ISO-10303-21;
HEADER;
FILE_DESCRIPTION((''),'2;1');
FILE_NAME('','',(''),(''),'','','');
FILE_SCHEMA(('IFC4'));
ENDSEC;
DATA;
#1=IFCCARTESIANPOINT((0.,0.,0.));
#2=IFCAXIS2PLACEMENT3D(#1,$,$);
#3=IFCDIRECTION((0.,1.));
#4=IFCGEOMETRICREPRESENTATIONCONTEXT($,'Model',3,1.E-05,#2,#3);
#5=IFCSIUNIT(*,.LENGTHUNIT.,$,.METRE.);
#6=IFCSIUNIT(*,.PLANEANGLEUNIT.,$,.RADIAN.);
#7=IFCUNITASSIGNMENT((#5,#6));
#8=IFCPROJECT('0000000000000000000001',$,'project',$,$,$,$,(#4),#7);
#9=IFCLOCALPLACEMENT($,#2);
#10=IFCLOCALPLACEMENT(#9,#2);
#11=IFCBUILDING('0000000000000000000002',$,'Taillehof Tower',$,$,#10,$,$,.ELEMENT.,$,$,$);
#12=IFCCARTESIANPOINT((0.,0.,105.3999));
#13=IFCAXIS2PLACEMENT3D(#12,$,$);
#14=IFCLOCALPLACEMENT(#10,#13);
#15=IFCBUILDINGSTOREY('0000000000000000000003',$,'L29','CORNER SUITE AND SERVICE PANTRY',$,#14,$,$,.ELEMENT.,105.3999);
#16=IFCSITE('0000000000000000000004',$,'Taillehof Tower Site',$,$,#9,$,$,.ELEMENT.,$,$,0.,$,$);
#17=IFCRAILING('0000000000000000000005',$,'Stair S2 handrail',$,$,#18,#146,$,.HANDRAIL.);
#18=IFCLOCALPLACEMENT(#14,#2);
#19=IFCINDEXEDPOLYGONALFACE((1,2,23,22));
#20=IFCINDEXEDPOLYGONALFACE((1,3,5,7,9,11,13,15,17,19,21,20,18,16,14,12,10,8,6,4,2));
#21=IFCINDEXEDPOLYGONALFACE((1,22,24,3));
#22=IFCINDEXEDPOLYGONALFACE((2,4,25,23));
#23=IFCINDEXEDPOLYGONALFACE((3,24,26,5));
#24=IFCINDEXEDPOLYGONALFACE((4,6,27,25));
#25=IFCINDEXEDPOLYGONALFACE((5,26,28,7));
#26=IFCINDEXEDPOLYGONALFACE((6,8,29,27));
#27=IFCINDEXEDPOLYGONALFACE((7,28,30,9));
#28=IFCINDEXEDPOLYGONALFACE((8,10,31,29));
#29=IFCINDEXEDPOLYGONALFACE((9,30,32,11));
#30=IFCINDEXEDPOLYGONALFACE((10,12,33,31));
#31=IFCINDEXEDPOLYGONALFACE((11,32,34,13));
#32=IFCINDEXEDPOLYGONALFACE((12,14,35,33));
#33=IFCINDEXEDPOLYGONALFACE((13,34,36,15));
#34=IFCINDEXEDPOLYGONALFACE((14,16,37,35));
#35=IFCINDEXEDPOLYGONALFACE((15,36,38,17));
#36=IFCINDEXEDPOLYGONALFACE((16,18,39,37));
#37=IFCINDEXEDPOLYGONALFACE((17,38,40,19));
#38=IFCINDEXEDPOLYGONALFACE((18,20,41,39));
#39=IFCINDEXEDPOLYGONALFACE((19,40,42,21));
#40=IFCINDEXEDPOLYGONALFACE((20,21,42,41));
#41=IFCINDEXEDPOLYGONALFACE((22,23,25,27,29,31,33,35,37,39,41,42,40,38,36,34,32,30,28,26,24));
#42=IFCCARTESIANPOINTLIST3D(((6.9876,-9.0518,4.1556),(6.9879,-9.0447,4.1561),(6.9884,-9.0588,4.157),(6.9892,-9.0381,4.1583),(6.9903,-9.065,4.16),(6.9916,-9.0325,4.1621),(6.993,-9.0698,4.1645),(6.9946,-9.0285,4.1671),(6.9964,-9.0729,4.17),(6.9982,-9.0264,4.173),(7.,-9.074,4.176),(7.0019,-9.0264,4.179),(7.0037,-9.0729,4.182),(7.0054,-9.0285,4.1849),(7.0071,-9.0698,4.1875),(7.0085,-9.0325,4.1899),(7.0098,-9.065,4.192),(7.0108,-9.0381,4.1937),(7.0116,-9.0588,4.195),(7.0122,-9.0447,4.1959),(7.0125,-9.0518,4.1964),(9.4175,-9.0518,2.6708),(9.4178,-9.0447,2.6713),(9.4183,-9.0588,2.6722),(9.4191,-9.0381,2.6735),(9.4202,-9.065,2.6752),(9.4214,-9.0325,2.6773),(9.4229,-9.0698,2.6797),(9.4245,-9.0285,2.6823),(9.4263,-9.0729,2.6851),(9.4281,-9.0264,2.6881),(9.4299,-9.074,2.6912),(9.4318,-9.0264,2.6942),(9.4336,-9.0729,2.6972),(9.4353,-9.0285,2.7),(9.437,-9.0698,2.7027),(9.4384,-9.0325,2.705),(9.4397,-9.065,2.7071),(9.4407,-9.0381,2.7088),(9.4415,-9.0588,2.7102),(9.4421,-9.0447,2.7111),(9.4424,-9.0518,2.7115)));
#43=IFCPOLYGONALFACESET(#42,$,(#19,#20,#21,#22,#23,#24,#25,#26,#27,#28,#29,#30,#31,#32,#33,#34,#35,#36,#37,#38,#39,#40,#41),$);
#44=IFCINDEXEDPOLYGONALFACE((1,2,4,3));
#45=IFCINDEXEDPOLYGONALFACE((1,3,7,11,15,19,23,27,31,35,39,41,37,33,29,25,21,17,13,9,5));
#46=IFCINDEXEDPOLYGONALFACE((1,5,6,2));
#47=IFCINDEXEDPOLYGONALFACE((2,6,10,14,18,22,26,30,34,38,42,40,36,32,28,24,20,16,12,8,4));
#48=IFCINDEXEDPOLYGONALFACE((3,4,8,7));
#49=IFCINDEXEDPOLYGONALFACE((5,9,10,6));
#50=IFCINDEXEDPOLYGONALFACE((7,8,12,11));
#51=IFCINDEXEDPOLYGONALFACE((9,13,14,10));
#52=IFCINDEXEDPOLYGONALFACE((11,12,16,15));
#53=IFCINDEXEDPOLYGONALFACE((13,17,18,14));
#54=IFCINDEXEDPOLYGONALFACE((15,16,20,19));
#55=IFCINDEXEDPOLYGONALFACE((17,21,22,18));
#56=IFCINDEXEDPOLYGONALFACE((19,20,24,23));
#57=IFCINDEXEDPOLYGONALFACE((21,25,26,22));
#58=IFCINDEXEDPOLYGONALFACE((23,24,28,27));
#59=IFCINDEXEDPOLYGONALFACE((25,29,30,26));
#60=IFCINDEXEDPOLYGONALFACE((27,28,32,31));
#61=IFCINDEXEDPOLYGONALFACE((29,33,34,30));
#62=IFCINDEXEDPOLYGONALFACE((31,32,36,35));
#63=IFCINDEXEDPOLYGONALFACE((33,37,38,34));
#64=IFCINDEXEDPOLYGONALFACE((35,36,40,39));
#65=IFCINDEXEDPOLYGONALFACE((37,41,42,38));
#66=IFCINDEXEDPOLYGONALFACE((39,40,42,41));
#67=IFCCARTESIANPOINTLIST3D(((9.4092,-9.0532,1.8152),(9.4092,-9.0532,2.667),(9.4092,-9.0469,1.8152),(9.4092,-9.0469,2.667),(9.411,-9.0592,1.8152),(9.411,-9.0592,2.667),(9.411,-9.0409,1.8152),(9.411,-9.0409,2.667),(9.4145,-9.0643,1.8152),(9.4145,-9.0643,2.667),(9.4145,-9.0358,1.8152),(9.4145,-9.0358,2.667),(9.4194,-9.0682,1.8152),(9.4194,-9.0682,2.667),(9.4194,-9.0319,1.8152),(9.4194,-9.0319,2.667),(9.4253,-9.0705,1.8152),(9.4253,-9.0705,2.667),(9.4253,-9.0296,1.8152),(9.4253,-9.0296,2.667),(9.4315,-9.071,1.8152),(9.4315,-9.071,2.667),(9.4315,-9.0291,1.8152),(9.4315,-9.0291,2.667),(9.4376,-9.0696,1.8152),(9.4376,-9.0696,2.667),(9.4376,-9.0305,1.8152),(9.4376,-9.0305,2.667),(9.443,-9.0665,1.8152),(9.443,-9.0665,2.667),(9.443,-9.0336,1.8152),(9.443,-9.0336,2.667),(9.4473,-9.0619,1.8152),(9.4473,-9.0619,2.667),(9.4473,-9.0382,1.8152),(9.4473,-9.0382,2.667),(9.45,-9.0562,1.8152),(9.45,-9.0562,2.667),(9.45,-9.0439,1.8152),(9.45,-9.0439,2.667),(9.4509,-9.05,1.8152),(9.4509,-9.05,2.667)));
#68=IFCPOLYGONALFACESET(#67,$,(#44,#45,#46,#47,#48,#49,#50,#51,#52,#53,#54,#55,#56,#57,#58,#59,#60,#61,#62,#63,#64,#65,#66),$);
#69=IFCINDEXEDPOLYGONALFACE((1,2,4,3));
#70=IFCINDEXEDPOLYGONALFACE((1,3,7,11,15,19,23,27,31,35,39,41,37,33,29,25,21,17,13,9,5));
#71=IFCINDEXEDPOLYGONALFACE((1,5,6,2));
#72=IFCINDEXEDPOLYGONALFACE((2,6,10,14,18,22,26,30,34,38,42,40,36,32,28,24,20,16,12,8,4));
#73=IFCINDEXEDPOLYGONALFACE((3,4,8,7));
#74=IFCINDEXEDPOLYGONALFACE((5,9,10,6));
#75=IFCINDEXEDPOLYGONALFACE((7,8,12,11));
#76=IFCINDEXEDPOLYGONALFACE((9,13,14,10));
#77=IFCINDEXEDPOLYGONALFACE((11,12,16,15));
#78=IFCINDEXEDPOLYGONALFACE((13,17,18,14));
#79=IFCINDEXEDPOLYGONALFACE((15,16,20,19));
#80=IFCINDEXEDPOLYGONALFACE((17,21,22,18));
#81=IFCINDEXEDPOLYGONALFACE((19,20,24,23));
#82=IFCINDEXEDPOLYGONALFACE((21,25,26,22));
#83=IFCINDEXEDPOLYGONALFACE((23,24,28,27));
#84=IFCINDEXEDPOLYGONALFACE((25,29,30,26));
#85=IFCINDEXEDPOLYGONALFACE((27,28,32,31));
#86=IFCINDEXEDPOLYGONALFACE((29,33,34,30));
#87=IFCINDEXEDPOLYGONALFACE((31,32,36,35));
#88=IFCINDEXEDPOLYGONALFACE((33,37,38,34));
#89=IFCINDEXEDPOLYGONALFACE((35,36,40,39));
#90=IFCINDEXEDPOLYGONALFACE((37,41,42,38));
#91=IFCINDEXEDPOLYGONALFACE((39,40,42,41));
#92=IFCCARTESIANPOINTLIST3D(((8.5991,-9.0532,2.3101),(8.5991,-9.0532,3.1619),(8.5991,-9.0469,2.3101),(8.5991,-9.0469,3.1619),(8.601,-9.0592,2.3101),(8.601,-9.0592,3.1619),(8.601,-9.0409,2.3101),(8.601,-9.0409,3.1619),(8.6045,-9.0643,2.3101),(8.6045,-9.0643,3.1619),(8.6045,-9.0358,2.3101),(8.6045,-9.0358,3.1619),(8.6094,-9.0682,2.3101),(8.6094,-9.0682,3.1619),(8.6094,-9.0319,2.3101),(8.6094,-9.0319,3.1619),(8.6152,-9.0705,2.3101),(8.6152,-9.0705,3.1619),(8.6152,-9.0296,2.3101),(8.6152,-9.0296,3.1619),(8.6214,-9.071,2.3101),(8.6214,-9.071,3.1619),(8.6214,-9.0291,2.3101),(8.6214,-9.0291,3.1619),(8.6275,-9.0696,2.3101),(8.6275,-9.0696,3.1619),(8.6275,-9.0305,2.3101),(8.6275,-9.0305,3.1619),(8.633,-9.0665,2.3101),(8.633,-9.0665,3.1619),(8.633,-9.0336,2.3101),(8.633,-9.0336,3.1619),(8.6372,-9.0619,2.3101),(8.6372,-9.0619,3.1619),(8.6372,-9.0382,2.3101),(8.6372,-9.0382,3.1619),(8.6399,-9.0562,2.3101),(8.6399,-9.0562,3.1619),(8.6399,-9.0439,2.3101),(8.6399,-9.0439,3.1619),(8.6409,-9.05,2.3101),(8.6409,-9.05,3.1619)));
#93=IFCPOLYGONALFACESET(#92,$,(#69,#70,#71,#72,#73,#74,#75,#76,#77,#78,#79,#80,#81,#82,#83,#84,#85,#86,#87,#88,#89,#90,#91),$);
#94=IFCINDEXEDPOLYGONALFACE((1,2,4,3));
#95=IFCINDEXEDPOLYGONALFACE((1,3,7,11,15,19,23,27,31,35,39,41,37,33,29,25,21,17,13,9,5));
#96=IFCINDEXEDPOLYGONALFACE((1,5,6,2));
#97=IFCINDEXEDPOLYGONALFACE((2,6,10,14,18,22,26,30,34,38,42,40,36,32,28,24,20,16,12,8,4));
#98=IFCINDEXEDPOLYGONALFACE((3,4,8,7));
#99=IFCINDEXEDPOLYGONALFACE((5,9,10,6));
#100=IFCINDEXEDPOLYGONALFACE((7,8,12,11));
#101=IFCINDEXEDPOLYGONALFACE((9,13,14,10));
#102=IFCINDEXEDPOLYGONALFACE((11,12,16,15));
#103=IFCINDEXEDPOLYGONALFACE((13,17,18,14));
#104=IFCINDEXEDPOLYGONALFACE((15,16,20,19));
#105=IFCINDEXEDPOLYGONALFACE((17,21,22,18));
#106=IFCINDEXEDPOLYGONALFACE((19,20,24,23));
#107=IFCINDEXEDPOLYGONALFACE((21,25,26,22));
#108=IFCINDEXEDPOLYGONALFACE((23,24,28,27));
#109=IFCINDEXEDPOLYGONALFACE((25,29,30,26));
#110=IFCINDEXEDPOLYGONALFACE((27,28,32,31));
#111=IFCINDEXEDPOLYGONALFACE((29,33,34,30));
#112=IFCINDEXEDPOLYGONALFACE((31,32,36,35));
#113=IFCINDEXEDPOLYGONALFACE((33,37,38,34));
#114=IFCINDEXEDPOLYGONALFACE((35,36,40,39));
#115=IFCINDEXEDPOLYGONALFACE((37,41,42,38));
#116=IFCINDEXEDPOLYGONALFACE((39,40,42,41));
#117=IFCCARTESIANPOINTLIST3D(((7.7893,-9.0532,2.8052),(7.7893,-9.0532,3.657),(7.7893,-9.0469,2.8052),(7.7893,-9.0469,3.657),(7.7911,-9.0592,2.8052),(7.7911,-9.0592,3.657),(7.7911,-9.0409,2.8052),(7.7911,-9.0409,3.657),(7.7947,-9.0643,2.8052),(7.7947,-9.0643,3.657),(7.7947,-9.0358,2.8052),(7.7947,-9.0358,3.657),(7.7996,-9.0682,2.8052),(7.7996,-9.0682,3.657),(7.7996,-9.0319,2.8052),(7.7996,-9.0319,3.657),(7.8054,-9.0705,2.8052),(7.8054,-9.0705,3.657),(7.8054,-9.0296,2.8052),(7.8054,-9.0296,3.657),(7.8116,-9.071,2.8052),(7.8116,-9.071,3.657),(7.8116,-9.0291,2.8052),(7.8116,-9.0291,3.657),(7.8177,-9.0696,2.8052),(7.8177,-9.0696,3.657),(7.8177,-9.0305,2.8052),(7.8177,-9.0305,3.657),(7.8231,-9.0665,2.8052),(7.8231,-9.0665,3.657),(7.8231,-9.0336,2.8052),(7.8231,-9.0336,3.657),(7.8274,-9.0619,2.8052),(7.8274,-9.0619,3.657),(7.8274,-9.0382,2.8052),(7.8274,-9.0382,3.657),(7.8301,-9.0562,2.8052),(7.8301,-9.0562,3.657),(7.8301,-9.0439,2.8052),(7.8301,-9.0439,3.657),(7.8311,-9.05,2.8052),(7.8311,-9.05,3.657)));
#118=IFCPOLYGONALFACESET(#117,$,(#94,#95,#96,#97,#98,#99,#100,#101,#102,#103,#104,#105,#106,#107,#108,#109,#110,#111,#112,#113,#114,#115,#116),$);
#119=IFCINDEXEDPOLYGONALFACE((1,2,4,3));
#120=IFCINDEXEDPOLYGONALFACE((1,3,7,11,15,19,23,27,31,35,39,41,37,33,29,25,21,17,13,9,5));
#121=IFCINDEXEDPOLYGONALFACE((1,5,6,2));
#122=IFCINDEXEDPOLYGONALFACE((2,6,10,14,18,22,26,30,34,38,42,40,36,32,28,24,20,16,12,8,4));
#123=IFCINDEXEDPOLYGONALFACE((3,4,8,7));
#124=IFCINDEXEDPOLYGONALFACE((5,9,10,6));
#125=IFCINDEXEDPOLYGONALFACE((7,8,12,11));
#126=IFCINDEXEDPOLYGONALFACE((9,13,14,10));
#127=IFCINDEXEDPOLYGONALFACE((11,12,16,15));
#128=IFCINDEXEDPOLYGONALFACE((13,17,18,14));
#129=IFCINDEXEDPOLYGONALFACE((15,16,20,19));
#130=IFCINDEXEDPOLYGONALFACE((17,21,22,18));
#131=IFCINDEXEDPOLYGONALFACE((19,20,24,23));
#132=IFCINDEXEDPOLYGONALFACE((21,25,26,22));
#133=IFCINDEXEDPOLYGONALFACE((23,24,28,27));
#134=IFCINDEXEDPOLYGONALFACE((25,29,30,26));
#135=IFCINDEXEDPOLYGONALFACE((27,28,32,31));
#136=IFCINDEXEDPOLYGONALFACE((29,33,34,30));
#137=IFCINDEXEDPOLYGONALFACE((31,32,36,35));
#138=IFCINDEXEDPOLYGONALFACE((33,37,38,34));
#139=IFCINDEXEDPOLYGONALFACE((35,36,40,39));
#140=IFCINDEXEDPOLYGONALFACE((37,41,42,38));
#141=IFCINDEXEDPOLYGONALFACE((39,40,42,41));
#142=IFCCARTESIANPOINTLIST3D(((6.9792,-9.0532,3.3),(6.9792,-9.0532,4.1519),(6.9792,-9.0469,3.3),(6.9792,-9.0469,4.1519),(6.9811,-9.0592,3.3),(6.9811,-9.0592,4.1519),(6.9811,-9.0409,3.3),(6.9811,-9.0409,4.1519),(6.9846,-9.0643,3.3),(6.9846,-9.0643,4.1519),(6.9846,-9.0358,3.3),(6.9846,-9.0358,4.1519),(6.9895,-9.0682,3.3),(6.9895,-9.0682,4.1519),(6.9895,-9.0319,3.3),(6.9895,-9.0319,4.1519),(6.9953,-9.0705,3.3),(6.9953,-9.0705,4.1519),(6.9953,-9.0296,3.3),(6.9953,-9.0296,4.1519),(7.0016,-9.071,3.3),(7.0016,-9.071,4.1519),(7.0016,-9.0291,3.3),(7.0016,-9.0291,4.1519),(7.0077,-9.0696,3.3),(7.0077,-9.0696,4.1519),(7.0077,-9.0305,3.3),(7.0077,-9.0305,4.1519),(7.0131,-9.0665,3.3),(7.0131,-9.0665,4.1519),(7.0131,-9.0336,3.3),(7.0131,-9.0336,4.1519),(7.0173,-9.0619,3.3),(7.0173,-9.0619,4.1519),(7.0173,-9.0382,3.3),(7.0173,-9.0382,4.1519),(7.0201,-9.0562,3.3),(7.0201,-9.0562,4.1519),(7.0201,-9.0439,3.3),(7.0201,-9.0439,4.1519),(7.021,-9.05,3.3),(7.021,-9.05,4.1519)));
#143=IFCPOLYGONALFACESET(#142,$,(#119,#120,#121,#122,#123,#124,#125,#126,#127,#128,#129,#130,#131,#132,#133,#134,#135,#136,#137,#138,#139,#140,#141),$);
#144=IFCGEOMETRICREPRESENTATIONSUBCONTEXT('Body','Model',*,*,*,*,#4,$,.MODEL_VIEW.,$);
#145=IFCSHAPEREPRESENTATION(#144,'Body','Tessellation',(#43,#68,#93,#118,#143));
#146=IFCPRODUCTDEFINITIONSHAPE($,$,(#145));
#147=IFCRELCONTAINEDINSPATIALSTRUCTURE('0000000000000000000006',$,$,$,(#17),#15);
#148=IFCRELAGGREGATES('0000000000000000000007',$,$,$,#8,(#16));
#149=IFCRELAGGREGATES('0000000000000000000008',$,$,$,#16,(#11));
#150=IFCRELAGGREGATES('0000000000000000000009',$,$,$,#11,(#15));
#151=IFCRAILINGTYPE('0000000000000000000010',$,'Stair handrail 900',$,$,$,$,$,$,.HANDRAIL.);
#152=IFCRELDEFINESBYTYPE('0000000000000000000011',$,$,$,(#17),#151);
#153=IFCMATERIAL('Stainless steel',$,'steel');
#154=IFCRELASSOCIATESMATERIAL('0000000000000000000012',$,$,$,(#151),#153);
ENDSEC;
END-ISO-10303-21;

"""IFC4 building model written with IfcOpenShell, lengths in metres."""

from ifc_helpers import new_model, si_unit, direction, frame, origin, origin_2d, place, context, subcontext, project, spatial, circle, extrude, material, type_object, element, save


model = new_model("IFC4")

# Units and contexts
model_context = context("Model", 3, precision=1e-05, world=origin(), true_north=direction((0.0, 1.0)))
body_context = subcontext(model_context, "Body", "Model", "MODEL_VIEW")
ifc_project = project(units=[si_unit("LENGTHUNIT", "METRE"), si_unit("PLANEANGLEUNIT", "RADIAN")], contexts=[model_context])

# Site, building, storey
site_placement = place(None, origin())
site = spatial("IfcSite", under=ifc_project, at=site_placement, Name="Taillehof Tower Site", CompositionType="ELEMENT", RefElevation=0.0)
building_placement = place(site_placement, origin())
building = spatial("IfcBuilding", under=site, at=building_placement, Name="Taillehof Tower", CompositionType="ELEMENT")
storey_placement = place(building_placement, frame((0.0, 0.0, 105.3999)))
storey = spatial("IfcBuildingStorey", under=building, at=storey_placement, Name="L29", Description="CORNER SUITE AND SERVICE PANTRY", CompositionType="ELEMENT", Elevation=105.3999)

# Railing
ifc_material_1 = material(Name="Stainless steel", Category="steel")
railing_type = type_object("IfcRailingType", Name="Stair handrail 900", PredefinedType="HANDRAIL", material=ifc_material_1)
railing_1_placement = place(storey_placement, frame((9.4299, -9.05, 1.8152)))
element("IfcRailing", 1, at=railing_1_placement, inside=storey, type_object=railing_type, Name="Stair S2 handrail", PredefinedType="HANDRAIL", context=body_context, shape_type="SweptSolid", body=[
    extrude(circle(Radius=0.0239, at=origin_2d()), frame((0.0, 0.0, 0.876), z_axis=(-0.853297, 0.0, 0.521426), x_axis=(0.0, -1.0, 0.0)), (0.0, 0.0, 1.0), 2.8477),
    extrude(circle(Radius=0.021, at=origin_2d()), origin(), (0.0, 0.0, 1.0), 0.8518),
    extrude(circle(Radius=0.021, at=origin_2d()), frame((-0.8101, 0.0, 0.4949)), (0.0, 0.0, 1.0), 0.8518),
    extrude(circle(Radius=0.021, at=origin_2d()), frame((-1.6199, 0.0, 0.99)), (0.0, 0.0, 1.0), 0.8518),
    extrude(circle(Radius=0.021, at=origin_2d()), frame((-2.4299, 0.0, 1.4849)), (0.0, 0.0, 1.0), 0.8518),
])

save(model, "model.ifc")
